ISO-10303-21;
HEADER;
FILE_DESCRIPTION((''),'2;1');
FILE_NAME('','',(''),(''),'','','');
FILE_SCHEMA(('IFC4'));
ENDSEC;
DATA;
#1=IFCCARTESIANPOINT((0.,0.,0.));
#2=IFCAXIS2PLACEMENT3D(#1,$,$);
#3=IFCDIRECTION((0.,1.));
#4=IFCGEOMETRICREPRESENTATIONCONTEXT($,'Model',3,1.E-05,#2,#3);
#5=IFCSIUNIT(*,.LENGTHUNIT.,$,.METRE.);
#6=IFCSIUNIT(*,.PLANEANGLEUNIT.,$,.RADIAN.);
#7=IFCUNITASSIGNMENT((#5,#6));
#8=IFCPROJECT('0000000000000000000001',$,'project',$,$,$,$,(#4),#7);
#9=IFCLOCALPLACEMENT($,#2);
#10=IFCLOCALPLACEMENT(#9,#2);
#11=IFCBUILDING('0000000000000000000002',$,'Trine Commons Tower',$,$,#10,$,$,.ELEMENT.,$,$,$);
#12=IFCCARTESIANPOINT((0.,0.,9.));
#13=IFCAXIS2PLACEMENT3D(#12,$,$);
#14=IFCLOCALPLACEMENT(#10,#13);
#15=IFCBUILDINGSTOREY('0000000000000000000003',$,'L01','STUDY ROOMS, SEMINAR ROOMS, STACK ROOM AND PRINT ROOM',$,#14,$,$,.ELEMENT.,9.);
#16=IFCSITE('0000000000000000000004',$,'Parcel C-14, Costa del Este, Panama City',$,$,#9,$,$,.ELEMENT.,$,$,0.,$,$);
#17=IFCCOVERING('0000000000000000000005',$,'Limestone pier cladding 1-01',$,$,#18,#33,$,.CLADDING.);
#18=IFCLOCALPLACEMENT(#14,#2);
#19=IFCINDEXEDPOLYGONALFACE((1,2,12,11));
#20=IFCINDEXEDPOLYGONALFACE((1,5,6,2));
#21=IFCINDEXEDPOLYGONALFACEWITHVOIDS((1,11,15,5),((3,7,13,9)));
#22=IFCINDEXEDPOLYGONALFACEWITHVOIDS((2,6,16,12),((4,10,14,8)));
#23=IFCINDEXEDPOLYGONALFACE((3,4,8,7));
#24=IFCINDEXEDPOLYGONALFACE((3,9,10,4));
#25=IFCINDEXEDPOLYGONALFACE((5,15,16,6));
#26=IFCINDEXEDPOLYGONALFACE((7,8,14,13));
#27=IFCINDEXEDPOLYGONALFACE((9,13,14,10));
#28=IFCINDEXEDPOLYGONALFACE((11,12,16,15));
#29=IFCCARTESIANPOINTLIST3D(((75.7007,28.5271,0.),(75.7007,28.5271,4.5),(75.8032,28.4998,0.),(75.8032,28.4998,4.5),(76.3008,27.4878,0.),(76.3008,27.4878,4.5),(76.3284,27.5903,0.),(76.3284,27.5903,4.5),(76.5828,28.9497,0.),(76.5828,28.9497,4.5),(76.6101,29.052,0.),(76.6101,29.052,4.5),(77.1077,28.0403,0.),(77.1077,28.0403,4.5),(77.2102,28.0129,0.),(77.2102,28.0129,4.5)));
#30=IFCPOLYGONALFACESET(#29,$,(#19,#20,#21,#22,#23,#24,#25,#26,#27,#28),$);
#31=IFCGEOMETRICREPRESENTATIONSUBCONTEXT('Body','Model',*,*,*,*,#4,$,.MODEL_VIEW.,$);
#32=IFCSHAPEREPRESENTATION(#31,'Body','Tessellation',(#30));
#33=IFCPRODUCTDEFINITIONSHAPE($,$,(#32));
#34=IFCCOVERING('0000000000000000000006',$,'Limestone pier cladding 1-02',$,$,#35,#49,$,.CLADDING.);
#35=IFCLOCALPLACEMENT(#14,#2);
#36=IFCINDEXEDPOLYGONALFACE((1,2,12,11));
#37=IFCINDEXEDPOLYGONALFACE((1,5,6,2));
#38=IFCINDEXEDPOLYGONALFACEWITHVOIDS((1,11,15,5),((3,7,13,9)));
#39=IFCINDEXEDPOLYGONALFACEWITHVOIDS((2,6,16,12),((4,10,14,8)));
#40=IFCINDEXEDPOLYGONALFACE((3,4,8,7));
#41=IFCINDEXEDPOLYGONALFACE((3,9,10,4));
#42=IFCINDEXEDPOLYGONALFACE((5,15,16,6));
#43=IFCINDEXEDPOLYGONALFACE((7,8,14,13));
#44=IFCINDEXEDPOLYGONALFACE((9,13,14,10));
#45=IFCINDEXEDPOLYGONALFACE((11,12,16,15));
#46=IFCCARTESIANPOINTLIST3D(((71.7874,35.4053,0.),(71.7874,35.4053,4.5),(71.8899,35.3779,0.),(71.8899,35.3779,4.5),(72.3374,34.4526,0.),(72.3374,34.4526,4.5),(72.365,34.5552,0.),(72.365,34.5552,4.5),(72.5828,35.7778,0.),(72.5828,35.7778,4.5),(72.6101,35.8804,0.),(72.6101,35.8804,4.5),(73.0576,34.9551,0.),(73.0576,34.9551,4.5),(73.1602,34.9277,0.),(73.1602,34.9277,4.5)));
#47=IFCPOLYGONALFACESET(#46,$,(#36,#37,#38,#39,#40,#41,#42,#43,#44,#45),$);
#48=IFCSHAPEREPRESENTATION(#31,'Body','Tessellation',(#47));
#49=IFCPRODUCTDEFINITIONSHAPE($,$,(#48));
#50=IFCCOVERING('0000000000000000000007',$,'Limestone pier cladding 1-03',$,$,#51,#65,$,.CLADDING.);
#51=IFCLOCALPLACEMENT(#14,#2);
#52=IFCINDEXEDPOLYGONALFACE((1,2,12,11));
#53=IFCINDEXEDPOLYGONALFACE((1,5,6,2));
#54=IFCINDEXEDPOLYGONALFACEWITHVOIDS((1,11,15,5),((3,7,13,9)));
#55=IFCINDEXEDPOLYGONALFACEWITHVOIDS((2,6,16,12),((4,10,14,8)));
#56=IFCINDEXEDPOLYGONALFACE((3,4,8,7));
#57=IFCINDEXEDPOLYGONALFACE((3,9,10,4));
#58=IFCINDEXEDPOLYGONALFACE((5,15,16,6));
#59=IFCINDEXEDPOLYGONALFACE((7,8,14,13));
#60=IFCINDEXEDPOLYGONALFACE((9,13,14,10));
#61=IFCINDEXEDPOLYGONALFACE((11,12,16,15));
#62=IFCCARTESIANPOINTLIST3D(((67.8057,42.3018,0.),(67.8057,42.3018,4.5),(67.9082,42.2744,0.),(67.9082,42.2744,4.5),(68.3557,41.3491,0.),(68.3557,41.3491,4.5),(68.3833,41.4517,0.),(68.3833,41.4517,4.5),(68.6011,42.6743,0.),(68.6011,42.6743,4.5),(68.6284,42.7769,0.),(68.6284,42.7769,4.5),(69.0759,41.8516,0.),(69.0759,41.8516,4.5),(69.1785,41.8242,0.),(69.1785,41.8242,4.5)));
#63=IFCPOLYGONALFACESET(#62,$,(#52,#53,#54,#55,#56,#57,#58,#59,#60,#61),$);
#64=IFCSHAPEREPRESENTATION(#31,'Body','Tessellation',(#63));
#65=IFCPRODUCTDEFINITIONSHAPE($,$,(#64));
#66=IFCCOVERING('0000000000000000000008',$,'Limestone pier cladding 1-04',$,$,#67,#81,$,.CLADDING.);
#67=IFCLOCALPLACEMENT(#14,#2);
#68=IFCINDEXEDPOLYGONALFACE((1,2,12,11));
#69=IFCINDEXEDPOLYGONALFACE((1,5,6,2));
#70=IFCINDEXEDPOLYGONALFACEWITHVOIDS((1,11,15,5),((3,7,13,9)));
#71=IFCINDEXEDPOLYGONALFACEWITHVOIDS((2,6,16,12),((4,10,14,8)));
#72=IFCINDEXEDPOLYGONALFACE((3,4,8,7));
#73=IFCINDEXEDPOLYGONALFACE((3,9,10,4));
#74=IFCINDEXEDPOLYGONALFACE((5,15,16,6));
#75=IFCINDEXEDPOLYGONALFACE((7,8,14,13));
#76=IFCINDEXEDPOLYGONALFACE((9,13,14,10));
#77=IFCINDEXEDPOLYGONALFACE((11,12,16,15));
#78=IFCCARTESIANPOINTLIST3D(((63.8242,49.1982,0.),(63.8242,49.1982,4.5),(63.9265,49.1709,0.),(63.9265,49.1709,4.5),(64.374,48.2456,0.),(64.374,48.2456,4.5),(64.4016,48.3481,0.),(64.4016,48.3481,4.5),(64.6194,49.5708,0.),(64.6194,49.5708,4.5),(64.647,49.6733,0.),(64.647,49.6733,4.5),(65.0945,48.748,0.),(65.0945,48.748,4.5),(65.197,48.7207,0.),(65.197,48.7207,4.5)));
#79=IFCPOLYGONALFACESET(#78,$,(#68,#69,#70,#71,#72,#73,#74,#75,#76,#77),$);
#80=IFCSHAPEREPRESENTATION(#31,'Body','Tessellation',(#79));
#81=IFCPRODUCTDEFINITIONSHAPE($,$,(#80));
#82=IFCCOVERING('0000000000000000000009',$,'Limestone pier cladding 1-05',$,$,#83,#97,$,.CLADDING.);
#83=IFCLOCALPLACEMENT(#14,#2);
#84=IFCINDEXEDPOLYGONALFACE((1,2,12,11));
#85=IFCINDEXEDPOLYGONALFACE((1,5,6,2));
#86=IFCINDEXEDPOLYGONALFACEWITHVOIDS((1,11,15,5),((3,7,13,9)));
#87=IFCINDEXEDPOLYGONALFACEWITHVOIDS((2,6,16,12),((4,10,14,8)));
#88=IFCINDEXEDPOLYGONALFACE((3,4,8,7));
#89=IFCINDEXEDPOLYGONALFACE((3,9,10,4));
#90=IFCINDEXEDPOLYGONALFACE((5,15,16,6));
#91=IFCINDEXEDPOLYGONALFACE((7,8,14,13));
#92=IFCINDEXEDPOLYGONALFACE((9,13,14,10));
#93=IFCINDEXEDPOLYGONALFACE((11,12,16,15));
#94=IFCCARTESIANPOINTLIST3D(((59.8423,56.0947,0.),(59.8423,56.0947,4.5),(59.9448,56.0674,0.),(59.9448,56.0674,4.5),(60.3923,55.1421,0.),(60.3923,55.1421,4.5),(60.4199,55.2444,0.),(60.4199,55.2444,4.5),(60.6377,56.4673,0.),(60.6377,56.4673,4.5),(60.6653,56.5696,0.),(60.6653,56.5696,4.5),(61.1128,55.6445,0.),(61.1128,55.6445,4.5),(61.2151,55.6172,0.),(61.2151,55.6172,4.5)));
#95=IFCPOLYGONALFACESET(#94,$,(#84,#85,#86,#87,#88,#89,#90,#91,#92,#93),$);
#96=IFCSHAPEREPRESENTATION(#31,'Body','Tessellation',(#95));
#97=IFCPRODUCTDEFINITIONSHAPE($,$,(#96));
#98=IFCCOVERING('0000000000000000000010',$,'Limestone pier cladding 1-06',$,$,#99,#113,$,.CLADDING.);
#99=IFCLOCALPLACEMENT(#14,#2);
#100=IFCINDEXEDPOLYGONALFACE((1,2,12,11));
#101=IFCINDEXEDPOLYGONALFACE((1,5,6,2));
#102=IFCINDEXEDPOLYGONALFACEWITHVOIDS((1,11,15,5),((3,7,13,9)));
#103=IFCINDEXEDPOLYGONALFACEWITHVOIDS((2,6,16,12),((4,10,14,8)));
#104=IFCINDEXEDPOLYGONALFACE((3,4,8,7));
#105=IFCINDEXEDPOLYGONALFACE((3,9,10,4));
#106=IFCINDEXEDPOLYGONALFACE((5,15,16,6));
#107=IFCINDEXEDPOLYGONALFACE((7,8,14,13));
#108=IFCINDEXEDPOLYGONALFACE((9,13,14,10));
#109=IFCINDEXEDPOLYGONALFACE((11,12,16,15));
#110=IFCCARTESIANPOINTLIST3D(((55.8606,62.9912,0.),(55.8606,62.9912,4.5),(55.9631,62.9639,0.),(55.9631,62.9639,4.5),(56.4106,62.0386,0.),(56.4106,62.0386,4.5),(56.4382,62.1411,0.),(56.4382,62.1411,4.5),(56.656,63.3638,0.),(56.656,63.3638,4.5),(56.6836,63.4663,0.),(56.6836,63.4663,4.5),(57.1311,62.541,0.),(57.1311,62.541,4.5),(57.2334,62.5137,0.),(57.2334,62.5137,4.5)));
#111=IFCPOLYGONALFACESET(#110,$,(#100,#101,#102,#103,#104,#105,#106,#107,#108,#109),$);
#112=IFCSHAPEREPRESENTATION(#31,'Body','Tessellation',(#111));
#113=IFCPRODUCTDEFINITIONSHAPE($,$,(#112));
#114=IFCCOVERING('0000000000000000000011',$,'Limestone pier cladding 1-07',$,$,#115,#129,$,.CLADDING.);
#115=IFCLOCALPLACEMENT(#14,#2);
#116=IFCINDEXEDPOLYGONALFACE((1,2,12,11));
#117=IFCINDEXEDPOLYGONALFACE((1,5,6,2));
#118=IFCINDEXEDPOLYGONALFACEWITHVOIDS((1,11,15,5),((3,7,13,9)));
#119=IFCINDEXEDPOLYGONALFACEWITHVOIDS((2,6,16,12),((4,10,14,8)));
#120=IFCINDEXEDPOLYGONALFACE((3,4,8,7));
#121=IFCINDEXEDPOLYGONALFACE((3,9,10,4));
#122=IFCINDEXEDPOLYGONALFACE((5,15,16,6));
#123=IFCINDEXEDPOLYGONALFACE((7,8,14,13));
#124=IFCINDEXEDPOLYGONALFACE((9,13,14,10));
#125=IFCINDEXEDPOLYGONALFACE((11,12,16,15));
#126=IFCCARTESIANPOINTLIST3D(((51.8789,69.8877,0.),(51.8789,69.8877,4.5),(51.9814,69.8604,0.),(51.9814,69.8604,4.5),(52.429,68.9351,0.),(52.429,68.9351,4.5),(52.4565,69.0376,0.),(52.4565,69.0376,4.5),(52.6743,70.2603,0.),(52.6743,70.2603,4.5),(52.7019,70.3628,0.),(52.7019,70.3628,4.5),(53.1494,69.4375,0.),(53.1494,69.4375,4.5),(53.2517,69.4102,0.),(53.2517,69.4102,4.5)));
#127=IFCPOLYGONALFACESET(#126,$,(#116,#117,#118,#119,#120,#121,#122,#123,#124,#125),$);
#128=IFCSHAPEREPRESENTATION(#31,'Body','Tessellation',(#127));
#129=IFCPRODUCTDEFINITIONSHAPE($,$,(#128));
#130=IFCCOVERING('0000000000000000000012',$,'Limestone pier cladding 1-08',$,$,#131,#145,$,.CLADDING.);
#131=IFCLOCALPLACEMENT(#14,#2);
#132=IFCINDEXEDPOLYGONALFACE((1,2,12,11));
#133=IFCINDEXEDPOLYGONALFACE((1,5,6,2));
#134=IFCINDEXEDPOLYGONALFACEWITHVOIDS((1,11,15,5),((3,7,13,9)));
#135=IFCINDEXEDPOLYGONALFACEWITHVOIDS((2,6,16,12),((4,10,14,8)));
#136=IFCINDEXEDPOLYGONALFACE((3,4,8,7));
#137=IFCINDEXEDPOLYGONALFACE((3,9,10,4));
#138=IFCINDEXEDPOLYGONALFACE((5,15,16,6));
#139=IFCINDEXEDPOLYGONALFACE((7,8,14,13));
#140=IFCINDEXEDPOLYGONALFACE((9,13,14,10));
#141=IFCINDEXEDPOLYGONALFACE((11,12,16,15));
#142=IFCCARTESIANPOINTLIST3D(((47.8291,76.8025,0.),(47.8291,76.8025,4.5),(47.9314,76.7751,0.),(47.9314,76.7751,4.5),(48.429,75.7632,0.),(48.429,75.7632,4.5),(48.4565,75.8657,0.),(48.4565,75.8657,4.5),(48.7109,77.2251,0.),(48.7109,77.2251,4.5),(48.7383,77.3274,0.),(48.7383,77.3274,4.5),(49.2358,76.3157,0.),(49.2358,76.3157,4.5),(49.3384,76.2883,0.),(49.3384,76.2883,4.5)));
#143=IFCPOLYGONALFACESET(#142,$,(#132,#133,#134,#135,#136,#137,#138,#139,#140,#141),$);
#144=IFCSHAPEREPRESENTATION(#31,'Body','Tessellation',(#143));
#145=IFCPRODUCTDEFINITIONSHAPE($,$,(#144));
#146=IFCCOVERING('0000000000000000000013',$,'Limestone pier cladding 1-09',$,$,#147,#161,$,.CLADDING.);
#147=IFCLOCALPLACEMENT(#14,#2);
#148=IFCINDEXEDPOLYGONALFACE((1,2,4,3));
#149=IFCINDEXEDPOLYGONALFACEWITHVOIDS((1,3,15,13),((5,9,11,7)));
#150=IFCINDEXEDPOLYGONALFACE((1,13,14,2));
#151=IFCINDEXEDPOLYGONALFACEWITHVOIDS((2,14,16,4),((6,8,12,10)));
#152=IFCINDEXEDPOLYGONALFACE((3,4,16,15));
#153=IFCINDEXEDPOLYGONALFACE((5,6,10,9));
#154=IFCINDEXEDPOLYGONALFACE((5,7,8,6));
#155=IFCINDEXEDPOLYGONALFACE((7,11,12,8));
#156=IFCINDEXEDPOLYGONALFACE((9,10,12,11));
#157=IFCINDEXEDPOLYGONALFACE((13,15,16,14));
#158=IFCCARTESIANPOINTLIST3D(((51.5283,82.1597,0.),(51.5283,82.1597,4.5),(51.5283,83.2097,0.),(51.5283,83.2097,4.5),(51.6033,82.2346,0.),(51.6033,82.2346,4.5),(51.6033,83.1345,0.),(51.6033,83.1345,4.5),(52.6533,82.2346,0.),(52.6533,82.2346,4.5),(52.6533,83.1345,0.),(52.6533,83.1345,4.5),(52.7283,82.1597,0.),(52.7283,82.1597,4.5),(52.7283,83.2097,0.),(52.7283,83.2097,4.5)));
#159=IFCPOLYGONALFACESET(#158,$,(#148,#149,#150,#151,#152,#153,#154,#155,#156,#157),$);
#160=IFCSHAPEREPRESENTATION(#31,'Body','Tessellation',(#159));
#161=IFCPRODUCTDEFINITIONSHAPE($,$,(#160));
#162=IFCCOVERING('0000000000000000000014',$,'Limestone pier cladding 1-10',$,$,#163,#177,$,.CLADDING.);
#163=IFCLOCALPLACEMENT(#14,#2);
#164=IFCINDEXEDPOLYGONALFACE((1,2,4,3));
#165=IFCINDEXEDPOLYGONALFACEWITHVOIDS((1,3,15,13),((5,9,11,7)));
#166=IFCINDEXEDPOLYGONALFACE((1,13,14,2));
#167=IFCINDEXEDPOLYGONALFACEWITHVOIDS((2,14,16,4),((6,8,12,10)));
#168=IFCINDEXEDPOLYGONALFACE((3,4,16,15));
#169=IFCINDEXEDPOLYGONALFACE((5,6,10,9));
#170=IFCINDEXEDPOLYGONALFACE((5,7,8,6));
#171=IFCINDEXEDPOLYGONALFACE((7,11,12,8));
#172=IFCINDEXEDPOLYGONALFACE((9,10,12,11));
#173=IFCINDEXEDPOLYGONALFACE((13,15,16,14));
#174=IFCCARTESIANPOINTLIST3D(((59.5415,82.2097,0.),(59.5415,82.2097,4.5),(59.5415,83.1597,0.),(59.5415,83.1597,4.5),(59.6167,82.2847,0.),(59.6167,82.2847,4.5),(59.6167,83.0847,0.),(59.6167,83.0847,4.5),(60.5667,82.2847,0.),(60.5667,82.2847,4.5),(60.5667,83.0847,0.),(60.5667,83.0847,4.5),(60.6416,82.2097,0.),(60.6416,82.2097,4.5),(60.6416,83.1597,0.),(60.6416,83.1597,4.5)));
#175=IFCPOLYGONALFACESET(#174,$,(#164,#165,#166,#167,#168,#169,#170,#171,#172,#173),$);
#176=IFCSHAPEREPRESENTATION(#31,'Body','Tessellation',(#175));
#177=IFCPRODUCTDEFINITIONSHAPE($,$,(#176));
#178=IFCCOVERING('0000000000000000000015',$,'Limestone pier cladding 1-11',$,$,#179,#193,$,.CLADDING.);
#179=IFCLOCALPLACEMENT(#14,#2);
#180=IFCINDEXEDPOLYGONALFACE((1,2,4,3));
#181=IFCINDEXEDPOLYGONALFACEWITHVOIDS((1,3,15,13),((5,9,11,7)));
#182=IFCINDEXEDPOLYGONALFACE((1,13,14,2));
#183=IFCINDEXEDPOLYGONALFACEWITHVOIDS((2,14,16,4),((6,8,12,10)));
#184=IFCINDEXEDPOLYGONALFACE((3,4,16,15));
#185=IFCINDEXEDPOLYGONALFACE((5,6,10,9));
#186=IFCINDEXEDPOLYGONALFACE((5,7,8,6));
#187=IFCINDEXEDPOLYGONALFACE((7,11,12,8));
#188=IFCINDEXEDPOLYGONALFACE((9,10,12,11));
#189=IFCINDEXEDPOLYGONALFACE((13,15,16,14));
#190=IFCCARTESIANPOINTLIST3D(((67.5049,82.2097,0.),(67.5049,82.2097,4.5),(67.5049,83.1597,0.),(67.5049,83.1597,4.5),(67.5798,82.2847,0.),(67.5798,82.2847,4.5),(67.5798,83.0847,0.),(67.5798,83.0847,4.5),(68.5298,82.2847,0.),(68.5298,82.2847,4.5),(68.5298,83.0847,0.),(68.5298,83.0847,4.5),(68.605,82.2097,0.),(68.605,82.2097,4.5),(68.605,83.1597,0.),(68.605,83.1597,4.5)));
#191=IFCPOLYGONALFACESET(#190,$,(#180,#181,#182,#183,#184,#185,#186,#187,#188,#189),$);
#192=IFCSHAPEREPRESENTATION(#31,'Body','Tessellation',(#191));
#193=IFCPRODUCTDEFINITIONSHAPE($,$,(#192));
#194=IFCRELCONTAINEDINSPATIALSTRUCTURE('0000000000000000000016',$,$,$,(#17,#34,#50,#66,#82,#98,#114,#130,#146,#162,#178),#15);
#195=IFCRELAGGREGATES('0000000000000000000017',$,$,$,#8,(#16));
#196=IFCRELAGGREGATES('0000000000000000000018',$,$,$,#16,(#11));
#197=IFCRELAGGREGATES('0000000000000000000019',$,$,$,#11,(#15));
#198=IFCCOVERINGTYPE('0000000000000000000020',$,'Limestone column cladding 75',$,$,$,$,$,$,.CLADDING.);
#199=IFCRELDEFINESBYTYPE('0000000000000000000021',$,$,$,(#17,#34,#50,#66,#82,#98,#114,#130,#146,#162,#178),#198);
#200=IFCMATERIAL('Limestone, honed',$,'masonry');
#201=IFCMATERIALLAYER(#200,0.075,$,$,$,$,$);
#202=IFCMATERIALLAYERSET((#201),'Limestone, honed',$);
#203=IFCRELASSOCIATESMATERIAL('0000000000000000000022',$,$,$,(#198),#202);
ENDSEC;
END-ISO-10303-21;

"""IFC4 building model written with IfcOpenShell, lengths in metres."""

from ifc_helpers import new_model, si_unit, direction, frame, origin, place, context, subcontext, project, spatial, polyline, outline, extrude, material, layer, layer_set, type_object, element, save


model = new_model("IFC4")

# Units and contexts
model_context = context("Model", 3, precision=1e-05, world=origin(), true_north=direction((0.0, 1.0)))
body_context = subcontext(model_context, "Body", "Model", "MODEL_VIEW")
ifc_project = project(units=[si_unit("LENGTHUNIT", "METRE"), si_unit("PLANEANGLEUNIT", "RADIAN")], contexts=[model_context])

# Site, building, storey
site_placement = place(None, origin())
site = spatial("IfcSite", under=ifc_project, at=site_placement, Name="Parcel C-14, Costa del Este, Panama City", CompositionType="ELEMENT", RefElevation=0.0)
building_placement = place(site_placement, origin())
building = spatial("IfcBuilding", under=site, at=building_placement, Name="Trine Commons Tower", CompositionType="ELEMENT")
storey_placement = place(building_placement, frame((0.0, 0.0, 9.0)))
storey = spatial("IfcBuildingStorey", under=building, at=storey_placement, Name="L01", Description="STUDY ROOMS, SEMINAR ROOMS, STACK ROOM AND PRINT ROOM", CompositionType="ELEMENT", Elevation=9.0)

# Coverings
ifc_material_1 = material(Name="Limestone, honed", Category="masonry")
ifc_layer_1 = layer(ifc_material_1, 0.075)
ifc_layer_set_1 = layer_set([ifc_layer_1], Name="Limestone, honed")
covering_type = type_object("IfcCoveringType", Name="Limestone column cladding 75", PredefinedType="CLADDING", material=ifc_layer_set_1)
covering_1_placement = place(storey_placement, origin())
element("IfcCovering", 1, at=covering_1_placement, inside=storey, type_object=covering_type, Name="Limestone pier cladding 1-01", PredefinedType="CLADDING", context=body_context, shape_type="SweptSolid", body=[
    extrude(outline(polyline([(76.6101, 29.052), (75.7007, 28.5271), (76.3008, 27.4878), (77.2102, 28.0129), (76.6101, 29.052)]), holes=[polyline([(76.5828, 28.9497), (75.8032, 28.4998), (76.3284, 27.5903), (77.1077, 28.0403), (76.5828, 28.9497)])]), origin(), (0.0, 0.0, 1.0), 4.5),
])
covering_2_placement = place(storey_placement, origin())
element("IfcCovering", 2, at=covering_2_placement, inside=storey, type_object=covering_type, Name="Limestone pier cladding 1-02", PredefinedType="CLADDING", context=body_context, shape_type="SweptSolid", body=[
    extrude(outline(polyline([(72.6101, 35.8804), (71.7874, 35.4053), (72.3374, 34.4526), (73.1602, 34.9277), (72.6101, 35.8804)]), holes=[polyline([(72.5828, 35.7778), (71.8899, 35.3779), (72.365, 34.5552), (73.0576, 34.9551), (72.5828, 35.7778)])]), origin(), (0.0, 0.0, 1.0), 4.5),
])
covering_3_placement = place(storey_placement, origin())
element("IfcCovering", 3, at=covering_3_placement, inside=storey, type_object=covering_type, Name="Limestone pier cladding 1-03", PredefinedType="CLADDING", context=body_context, shape_type="SweptSolid", body=[
    extrude(outline(polyline([(68.6284, 42.7769), (67.8057, 42.3018), (68.3557, 41.3491), (69.1785, 41.8242), (68.6284, 42.7769)]), holes=[polyline([(68.6011, 42.6743), (67.9082, 42.2744), (68.3833, 41.4517), (69.0759, 41.8516), (68.6011, 42.6743)])]), origin(), (0.0, 0.0, 1.0), 4.5),
])
covering_4_placement = place(storey_placement, origin())
element("IfcCovering", 4, at=covering_4_placement, inside=storey, type_object=covering_type, Name="Limestone pier cladding 1-04", PredefinedType="CLADDING", context=body_context, shape_type="SweptSolid", body=[
    extrude(outline(polyline([(64.647, 49.6733), (63.8242, 49.1982), (64.374, 48.2456), (65.197, 48.7207), (64.647, 49.6733)]), holes=[polyline([(64.6194, 49.5708), (63.9265, 49.1709), (64.4016, 48.3481), (65.0945, 48.748), (64.6194, 49.5708)])]), origin(), (0.0, 0.0, 1.0), 4.5),
])
covering_5_placement = place(storey_placement, origin())
element("IfcCovering", 5, at=covering_5_placement, inside=storey, type_object=covering_type, Name="Limestone pier cladding 1-05", PredefinedType="CLADDING", context=body_context, shape_type="SweptSolid", body=[
    extrude(outline(polyline([(60.6653, 56.5696), (59.8423, 56.0947), (60.3923, 55.1421), (61.2151, 55.6172), (60.6653, 56.5696)]), holes=[polyline([(60.6377, 56.4673), (59.9448, 56.0674), (60.4199, 55.2444), (61.1128, 55.6445), (60.6377, 56.4673)])]), origin(), (0.0, 0.0, 1.0), 4.5),
])
covering_6_placement = place(storey_placement, origin())
element("IfcCovering", 6, at=covering_6_placement, inside=storey, type_object=covering_type, Name="Limestone pier cladding 1-06", PredefinedType="CLADDING", context=body_context, shape_type="SweptSolid", body=[
    extrude(outline(polyline([(56.6836, 63.4663), (55.8606, 62.9912), (56.4106, 62.0386), (57.2334, 62.5137), (56.6836, 63.4663)]), holes=[polyline([(56.656, 63.3638), (55.9631, 62.9639), (56.4382, 62.1411), (57.1311, 62.541), (56.656, 63.3638)])]), origin(), (0.0, 0.0, 1.0), 4.5),
])
covering_7_placement = place(storey_placement, origin())
element("IfcCovering", 7, at=covering_7_placement, inside=storey, type_object=covering_type, Name="Limestone pier cladding 1-07", PredefinedType="CLADDING", context=body_context, shape_type="SweptSolid", body=[
    extrude(outline(polyline([(52.7019, 70.3628), (51.8789, 69.8877), (52.429, 68.9351), (53.2517, 69.4102), (52.7019, 70.3628)]), holes=[polyline([(52.6743, 70.2603), (51.9814, 69.8604), (52.4565, 69.0376), (53.1494, 69.4375), (52.6743, 70.2603)])]), origin(), (0.0, 0.0, 1.0), 4.5),
])
covering_8_placement = place(storey_placement, origin())
element("IfcCovering", 8, at=covering_8_placement, inside=storey, type_object=covering_type, Name="Limestone pier cladding 1-08", PredefinedType="CLADDING", context=body_context, shape_type="SweptSolid", body=[
    extrude(outline(polyline([(48.7383, 77.3274), (47.8291, 76.8025), (48.429, 75.7632), (49.3384, 76.2883), (48.7383, 77.3274)]), holes=[polyline([(48.7109, 77.2251), (47.9314, 76.7751), (48.4565, 75.8657), (49.2358, 76.3157), (48.7109, 77.2251)])]), origin(), (0.0, 0.0, 1.0), 4.5),
])
covering_9_placement = place(storey_placement, origin())
element("IfcCovering", 9, at=covering_9_placement, inside=storey, type_object=covering_type, Name="Limestone pier cladding 1-09", PredefinedType="CLADDING", context=body_context, shape_type="SweptSolid", body=[
    extrude(outline(polyline([(52.7283, 82.1597), (52.7283, 83.2097), (51.5283, 83.2097), (51.5283, 82.1597), (52.7283, 82.1597)]), holes=[polyline([(52.6533, 82.2346), (52.6533, 83.1345), (51.6033, 83.1345), (51.6033, 82.2346), (52.6533, 82.2346)])]), origin(), (0.0, 0.0, 1.0), 4.5),
])
covering_10_placement = place(storey_placement, origin())
element("IfcCovering", 10, at=covering_10_placement, inside=storey, type_object=covering_type, Name="Limestone pier cladding 1-10", PredefinedType="CLADDING", context=body_context, shape_type="SweptSolid", body=[
    extrude(outline(polyline([(60.6416, 82.2097), (60.6416, 83.1597), (59.5415, 83.1597), (59.5415, 82.2097), (60.6416, 82.2097)]), holes=[polyline([(60.5667, 82.2847), (60.5667, 83.0847), (59.6167, 83.0847), (59.6167, 82.2847), (60.5667, 82.2847)])]), origin(), (0.0, 0.0, 1.0), 4.5),
])
covering_11_placement = place(storey_placement, origin())
element("IfcCovering", 11, at=covering_11_placement, inside=storey, type_object=covering_type, Name="Limestone pier cladding 1-11", PredefinedType="CLADDING", context=body_context, shape_type="SweptSolid", body=[
    extrude(outline(polyline([(68.605, 82.2097), (68.605, 83.1597), (67.5049, 83.1597), (67.5049, 82.2097), (68.605, 82.2097)]), holes=[polyline([(68.5298, 82.2847), (68.5298, 83.0847), (67.5798, 83.0847), (67.5798, 82.2847), (68.5298, 82.2847)])]), origin(), (0.0, 0.0, 1.0), 4.5),
])

save(model, "model.ifc")
